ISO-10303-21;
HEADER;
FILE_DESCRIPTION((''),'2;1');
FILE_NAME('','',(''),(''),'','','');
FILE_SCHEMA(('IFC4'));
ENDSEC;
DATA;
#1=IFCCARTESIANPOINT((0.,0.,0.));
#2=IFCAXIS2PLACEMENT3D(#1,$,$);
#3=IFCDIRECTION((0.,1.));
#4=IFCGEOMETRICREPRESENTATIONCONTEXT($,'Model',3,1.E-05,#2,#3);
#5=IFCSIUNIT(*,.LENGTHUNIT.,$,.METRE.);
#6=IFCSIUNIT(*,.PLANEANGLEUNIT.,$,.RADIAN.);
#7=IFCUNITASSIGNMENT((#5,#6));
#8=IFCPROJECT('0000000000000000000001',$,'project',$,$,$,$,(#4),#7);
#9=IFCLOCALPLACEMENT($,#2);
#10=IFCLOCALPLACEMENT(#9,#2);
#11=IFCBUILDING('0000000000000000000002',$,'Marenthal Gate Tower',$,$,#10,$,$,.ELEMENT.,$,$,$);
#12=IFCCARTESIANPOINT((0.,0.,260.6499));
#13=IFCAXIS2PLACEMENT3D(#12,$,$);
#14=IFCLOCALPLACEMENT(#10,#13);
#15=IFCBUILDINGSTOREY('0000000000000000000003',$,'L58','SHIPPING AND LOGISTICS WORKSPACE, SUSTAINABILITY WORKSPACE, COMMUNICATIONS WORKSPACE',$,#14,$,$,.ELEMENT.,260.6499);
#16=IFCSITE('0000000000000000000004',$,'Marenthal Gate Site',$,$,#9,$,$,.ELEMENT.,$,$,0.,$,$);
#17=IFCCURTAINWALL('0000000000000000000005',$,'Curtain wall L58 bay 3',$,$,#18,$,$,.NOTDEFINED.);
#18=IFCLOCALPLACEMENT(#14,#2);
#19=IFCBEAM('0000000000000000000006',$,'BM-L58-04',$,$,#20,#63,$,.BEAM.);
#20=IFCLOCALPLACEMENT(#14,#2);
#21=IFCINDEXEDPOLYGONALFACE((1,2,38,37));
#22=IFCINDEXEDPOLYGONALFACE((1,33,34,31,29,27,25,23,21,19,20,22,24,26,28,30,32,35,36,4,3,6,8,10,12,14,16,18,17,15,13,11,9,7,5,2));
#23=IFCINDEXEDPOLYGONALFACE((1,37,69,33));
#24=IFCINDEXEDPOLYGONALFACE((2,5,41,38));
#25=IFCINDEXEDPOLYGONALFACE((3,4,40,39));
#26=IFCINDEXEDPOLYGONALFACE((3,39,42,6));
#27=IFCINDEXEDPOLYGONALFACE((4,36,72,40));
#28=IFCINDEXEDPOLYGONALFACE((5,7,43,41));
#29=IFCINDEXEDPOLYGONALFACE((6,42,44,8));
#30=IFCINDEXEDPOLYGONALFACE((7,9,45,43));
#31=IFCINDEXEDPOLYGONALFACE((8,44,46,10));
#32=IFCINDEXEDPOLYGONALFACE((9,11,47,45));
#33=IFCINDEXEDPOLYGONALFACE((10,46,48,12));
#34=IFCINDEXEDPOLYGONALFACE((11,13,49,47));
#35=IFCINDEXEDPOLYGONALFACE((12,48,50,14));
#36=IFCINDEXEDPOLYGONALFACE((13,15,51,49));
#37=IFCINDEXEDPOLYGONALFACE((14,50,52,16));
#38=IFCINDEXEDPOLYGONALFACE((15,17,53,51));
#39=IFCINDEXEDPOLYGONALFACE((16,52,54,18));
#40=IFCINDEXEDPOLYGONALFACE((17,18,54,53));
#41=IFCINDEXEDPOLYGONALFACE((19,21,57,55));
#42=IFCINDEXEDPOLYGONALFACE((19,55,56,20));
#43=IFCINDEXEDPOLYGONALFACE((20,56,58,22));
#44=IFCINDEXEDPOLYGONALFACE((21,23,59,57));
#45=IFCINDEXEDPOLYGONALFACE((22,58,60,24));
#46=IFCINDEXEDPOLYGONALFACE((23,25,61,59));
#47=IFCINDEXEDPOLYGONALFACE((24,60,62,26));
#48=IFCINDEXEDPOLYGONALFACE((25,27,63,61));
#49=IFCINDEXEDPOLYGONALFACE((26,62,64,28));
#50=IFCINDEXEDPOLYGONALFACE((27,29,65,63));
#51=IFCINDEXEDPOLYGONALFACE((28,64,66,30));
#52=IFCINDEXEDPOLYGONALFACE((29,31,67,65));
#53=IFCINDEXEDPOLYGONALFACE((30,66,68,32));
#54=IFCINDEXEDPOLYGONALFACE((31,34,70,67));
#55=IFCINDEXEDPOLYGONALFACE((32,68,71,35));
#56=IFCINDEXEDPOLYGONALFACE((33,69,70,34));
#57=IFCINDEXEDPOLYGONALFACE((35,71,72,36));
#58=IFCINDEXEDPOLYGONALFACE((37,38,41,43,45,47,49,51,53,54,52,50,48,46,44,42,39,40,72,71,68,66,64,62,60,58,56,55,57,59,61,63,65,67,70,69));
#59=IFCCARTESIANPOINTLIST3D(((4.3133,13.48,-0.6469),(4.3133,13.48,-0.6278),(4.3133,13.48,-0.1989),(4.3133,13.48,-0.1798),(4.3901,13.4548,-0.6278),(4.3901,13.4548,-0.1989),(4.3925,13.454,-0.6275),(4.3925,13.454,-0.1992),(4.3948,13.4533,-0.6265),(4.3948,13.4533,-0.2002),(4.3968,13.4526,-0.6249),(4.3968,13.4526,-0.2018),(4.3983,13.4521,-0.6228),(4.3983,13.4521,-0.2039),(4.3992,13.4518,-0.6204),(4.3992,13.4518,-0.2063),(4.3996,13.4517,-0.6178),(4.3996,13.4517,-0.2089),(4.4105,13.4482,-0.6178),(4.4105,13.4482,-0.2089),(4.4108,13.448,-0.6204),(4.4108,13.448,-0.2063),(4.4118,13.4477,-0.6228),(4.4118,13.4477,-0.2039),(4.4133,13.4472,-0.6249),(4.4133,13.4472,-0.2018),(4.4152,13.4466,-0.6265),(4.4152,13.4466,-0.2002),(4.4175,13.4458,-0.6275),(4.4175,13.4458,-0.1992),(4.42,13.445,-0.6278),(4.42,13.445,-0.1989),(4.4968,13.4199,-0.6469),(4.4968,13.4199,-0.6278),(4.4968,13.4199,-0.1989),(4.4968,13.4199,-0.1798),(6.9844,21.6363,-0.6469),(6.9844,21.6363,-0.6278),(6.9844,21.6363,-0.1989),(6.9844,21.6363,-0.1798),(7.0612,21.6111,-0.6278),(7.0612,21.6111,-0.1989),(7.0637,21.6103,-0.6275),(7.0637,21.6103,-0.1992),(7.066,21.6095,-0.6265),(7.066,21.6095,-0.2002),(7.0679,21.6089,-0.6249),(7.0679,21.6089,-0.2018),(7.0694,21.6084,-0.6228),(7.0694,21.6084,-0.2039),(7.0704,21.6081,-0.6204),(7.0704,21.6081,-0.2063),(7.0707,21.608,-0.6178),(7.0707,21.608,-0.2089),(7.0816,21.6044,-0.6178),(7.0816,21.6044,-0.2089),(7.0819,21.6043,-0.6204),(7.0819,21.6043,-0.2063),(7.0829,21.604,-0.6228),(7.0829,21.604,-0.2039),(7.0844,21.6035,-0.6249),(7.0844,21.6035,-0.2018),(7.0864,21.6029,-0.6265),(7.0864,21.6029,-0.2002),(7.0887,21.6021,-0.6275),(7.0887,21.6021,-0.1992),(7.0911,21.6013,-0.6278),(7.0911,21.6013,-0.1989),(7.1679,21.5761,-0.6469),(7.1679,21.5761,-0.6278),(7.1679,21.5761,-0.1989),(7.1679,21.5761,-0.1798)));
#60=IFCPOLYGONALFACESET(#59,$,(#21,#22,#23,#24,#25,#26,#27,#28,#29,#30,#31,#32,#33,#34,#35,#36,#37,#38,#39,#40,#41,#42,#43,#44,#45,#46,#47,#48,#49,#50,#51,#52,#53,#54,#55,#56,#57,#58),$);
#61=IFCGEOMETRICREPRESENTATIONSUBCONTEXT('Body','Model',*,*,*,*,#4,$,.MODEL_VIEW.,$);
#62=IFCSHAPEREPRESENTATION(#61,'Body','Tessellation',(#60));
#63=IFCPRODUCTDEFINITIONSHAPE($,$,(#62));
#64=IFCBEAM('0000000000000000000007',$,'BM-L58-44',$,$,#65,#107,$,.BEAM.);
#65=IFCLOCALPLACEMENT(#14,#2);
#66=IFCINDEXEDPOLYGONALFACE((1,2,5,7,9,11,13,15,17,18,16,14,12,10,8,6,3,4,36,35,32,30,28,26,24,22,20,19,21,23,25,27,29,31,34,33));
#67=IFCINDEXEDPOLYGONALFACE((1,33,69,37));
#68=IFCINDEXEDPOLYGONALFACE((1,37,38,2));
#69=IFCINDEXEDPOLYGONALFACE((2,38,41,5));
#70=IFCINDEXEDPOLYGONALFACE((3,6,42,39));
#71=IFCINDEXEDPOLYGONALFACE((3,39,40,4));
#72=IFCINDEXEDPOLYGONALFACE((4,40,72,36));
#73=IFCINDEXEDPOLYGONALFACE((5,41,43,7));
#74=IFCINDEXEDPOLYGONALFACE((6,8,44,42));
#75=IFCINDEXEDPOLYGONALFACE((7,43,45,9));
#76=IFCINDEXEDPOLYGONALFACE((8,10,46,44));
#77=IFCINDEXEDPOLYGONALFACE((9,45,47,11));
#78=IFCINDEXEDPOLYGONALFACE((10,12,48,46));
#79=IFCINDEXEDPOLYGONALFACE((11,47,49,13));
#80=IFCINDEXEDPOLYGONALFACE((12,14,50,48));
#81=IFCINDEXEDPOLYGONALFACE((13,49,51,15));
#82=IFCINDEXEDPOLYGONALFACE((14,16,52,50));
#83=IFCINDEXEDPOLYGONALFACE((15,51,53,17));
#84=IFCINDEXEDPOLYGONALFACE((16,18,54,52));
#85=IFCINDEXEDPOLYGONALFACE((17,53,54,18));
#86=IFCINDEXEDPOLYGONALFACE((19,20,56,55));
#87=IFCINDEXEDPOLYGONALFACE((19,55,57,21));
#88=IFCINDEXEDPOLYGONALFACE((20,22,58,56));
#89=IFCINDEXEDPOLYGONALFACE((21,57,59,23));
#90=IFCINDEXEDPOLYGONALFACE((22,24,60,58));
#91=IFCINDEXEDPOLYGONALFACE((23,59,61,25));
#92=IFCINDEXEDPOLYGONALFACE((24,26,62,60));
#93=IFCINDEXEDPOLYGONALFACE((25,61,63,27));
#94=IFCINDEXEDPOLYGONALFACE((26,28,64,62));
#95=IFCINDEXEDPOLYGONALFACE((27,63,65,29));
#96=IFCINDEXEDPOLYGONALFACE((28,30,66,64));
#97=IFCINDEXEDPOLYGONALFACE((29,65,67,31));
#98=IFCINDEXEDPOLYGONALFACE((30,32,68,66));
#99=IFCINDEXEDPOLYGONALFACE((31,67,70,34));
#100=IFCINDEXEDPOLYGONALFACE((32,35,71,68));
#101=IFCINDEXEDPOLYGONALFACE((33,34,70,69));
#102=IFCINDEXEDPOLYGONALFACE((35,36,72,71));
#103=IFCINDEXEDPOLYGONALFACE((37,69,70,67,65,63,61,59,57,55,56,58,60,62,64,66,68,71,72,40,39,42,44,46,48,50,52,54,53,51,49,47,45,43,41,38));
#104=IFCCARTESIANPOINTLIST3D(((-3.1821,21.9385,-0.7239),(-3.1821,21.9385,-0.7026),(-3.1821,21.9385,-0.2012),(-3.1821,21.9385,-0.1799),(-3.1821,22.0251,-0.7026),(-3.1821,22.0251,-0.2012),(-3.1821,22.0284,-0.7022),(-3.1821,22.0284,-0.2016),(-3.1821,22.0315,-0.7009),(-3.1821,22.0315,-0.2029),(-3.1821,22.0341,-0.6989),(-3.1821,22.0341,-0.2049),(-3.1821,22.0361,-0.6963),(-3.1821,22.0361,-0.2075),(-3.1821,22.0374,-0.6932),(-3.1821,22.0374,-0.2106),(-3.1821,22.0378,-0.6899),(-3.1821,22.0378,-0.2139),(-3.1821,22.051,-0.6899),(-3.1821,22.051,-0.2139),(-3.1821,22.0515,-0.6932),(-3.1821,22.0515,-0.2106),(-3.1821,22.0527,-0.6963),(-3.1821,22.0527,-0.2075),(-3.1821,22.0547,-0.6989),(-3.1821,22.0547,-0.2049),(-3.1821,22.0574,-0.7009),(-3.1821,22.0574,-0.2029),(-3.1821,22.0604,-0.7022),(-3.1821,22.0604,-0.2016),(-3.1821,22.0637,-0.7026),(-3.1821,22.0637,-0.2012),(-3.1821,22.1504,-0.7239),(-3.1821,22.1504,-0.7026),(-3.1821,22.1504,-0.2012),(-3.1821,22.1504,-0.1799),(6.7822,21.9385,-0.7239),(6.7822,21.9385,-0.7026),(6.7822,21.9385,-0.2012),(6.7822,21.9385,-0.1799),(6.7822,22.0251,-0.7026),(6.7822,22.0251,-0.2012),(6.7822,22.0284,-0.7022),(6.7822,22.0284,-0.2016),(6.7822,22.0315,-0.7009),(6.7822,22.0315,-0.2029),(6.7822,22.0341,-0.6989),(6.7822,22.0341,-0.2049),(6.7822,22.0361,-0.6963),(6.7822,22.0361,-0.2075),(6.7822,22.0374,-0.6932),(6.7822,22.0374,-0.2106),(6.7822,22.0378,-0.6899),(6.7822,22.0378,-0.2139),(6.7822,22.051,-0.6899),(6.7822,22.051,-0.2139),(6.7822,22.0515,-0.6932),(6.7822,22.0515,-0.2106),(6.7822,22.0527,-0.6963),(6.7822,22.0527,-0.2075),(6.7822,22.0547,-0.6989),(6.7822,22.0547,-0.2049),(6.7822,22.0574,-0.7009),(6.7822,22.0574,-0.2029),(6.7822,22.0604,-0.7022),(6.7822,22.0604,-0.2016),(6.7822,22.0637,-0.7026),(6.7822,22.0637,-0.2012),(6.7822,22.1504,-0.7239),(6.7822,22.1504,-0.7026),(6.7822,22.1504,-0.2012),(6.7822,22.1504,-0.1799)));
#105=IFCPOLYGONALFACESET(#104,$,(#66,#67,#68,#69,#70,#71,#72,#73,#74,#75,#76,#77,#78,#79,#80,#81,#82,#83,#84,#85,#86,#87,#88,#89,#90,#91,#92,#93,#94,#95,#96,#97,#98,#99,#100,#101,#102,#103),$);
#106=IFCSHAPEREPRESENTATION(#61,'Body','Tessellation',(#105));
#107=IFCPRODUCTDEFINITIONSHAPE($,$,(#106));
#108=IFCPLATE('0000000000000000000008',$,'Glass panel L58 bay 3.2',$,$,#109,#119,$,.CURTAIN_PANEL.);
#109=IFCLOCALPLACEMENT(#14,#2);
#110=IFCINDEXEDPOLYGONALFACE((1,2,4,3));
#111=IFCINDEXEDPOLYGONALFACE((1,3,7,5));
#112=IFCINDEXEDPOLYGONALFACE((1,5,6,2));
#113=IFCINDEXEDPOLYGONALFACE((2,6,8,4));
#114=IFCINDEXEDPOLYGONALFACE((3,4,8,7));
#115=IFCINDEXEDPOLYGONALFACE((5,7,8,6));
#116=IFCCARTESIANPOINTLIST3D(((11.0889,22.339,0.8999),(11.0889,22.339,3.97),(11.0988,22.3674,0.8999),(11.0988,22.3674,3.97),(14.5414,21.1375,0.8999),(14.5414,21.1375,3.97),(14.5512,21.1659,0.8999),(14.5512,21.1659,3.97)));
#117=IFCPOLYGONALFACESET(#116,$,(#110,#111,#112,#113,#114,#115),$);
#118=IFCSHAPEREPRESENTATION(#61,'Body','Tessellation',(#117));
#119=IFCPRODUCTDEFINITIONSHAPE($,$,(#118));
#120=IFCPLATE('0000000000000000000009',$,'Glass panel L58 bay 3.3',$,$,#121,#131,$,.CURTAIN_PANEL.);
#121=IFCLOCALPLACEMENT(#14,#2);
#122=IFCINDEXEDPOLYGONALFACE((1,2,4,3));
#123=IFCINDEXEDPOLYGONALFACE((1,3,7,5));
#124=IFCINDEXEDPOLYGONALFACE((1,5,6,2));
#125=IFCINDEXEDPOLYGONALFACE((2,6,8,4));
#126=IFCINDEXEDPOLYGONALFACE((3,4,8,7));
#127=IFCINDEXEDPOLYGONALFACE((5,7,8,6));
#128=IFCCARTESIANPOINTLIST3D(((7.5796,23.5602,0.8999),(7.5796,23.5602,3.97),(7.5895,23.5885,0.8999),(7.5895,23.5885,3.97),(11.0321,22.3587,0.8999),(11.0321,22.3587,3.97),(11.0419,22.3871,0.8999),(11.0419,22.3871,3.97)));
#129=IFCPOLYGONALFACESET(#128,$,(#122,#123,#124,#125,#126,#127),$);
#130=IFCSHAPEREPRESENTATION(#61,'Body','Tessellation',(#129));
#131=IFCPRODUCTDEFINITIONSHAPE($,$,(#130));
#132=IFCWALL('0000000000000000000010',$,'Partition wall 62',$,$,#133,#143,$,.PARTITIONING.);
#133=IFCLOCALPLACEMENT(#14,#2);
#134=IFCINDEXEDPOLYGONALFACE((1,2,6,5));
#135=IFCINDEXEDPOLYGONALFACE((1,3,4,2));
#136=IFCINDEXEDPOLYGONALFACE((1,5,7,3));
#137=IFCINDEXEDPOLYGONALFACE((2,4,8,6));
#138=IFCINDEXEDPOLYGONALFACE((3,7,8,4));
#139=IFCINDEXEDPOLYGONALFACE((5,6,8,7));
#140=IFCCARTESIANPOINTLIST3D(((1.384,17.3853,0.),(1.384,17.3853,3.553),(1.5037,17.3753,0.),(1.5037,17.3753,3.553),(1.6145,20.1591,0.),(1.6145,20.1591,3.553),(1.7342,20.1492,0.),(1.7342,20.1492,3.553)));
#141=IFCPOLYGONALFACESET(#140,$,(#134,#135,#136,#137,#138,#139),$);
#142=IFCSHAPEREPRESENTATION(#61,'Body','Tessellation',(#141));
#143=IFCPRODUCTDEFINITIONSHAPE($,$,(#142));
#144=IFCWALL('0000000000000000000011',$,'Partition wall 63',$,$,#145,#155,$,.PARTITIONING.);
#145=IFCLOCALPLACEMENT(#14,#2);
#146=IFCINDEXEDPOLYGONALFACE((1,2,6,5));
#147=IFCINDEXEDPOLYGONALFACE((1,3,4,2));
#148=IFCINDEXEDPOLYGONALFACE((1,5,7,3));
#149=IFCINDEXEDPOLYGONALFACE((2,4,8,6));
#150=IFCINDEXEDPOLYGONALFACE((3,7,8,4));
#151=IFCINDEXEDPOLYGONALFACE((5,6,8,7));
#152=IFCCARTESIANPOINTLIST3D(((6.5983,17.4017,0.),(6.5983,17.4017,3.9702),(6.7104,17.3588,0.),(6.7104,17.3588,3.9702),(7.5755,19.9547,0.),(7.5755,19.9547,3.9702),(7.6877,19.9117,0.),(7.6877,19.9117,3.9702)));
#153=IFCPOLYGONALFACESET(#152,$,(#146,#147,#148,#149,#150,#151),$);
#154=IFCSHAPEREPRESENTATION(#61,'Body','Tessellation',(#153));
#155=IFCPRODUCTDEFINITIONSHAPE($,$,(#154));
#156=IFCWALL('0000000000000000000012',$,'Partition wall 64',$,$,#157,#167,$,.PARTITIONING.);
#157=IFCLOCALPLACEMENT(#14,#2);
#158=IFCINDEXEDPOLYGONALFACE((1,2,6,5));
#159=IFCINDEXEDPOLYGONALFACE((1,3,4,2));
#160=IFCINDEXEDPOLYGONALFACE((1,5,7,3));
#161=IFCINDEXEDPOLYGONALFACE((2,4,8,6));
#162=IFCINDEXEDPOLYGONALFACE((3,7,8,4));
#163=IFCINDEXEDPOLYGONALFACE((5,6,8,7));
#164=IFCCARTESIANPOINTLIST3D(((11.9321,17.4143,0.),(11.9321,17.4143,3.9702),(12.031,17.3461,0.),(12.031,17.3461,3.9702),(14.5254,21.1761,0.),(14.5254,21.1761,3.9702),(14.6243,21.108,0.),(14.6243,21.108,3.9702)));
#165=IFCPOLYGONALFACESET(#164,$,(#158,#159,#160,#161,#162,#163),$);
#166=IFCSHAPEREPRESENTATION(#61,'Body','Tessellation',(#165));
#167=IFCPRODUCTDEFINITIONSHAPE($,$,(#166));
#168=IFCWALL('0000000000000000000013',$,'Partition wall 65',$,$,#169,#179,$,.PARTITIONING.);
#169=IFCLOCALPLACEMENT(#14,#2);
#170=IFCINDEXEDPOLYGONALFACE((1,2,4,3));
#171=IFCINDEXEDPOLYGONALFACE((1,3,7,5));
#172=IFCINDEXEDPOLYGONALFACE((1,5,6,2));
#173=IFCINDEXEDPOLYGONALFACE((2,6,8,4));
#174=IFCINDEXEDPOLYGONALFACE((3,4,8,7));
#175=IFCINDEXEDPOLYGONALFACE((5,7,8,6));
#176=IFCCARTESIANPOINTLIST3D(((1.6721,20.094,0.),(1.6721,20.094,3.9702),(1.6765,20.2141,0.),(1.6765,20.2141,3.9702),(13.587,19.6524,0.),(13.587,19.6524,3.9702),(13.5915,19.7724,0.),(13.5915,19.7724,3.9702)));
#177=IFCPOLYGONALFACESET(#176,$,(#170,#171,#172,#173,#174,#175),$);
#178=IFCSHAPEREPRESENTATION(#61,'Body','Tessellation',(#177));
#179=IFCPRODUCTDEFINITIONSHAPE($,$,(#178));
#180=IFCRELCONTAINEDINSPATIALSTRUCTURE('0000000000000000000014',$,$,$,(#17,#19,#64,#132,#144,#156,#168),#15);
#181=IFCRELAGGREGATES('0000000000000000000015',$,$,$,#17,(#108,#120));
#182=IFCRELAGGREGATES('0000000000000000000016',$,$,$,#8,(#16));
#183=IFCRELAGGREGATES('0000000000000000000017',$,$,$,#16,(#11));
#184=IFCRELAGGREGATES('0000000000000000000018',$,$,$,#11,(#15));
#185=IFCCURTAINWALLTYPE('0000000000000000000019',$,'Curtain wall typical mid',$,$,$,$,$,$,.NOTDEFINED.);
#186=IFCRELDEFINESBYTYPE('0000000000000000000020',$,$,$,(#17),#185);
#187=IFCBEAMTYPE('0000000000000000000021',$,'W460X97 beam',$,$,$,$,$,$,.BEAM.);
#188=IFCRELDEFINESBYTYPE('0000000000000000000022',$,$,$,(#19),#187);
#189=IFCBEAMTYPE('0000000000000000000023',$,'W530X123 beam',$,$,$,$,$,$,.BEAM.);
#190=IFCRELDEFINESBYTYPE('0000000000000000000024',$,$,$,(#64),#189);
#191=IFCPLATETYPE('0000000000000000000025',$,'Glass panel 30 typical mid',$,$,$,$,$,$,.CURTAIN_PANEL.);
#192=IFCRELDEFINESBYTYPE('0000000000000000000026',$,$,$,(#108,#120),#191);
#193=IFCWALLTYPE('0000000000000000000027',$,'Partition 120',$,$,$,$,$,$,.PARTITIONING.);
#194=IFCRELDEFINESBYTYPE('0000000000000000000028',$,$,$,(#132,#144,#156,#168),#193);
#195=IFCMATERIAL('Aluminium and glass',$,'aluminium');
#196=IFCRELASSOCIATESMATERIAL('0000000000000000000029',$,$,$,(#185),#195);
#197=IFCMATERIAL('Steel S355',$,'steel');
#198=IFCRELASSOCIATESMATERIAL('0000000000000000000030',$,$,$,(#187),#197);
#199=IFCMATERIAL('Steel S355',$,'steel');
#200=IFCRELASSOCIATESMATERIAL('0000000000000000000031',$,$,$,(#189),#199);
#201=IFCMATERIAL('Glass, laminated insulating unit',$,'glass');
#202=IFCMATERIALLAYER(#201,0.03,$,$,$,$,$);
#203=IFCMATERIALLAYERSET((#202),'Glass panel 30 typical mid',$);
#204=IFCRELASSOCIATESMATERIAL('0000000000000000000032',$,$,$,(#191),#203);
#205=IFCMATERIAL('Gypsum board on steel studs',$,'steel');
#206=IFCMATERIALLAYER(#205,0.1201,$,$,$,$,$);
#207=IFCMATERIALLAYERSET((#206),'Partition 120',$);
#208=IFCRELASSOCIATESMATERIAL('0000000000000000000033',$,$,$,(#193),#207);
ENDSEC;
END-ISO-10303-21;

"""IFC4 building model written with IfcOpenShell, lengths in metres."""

from ifc_helpers import new_model, si_unit, direction, frame, frame_2d, origin, origin_2d, place, context, subcontext, project, spatial, rectangle, i_section, extrude, material, layer, layer_set, material_profile, profile_set, type_object, element, aggregate, save


model = new_model("IFC4")

# Units and contexts
model_context = context("Model", 3, precision=1e-05, world=origin(), true_north=direction((0.0, 1.0)))
body_context = subcontext(model_context, "Body", "Model", "MODEL_VIEW")
ifc_project = project(units=[si_unit("LENGTHUNIT", "METRE"), si_unit("PLANEANGLEUNIT", "RADIAN")], contexts=[model_context])

# Site, building, storey
site_placement = place(None, origin())
site = spatial("IfcSite", under=ifc_project, at=site_placement, Name="Marenthal Gate Site", CompositionType="ELEMENT", RefElevation=0.0)
building_placement = place(site_placement, origin())
building = spatial("IfcBuilding", under=site, at=building_placement, Name="Marenthal Gate Tower", CompositionType="ELEMENT")
storey_placement = place(building_placement, frame((0.0, 0.0, 260.6499)))
storey = spatial("IfcBuildingStorey", under=building, at=storey_placement, Name="L58", Description="SHIPPING AND LOGISTICS WORKSPACE, SUSTAINABILITY WORKSPACE, COMMUNICATIONS WORKSPACE", CompositionType="ELEMENT", Elevation=260.6499)

# Curtain wall
ifc_material_1 = material(Name="Aluminium and glass", Category="aluminium")
curtain_wall_type = type_object("IfcCurtainWallType", Name="Curtain wall typical mid", PredefinedType="NOTDEFINED", material=ifc_material_1)
curtain_wall_placement = place(storey_placement, origin())
curtain_wall = element("IfcCurtainWall", 1, at=curtain_wall_placement, inside=storey, type_object=curtain_wall_type, Name="Curtain wall L58 bay 3", PredefinedType="NOTDEFINED")

# Beams
ifc_material_2 = material(Name="Steel S355", Category="steel")
ifc_material_profile_1 = material_profile(ifc_material_2, i_section(OverallWidth=0.1931, OverallDepth=0.467, WebThickness=0.0115, FlangeThickness=0.019, FilletRadius=0.01, at=origin_2d()), Name="W460X97")
ifc_profile_set_1 = profile_set([ifc_material_profile_1], Name="Steel S355")
beam_type_1 = type_object("IfcBeamType", Name="W460X97 beam", PredefinedType="BEAM", material=ifc_profile_set_1)
beam_1_placement = place(storey_placement, frame((7.0762, 21.6062, -0.4133), z_axis=(-0.311231, -0.950334, 0.0), x_axis=(0.950334, -0.311231, 0.0)))
element("IfcBeam", 2, at=beam_1_placement, inside=storey, type_object=beam_type_1, Name="BM-L58-04", PredefinedType="BEAM", context=body_context, shape_type="SweptSolid", body=[
    extrude(i_section(OverallWidth=0.1931, OverallDepth=0.467, WebThickness=0.0115, FlangeThickness=0.019, FilletRadius=0.01, at=origin_2d()), origin(), (0.0, 0.0, 1.0), 8.5825),
])
ifc_material_3 = material(Name="Steel S355", Category="steel")
ifc_material_profile_2 = material_profile(ifc_material_3, i_section(OverallWidth=0.2119, OverallDepth=0.5439, WebThickness=0.0132, FlangeThickness=0.0212, FilletRadius=0.0127, at=origin_2d()), Name="W530X123")
ifc_profile_set_2 = profile_set([ifc_material_profile_2], Name="Steel S355")
beam_type_2 = type_object("IfcBeamType", Name="W530X123 beam", PredefinedType="BEAM", material=ifc_profile_set_2)
beam_2_placement = place(storey_placement, frame((6.7822, 22.0444, -0.4519), z_axis=(-1.0, 0.0, 0.0), x_axis=(0.0, -1.0, 0.0)))
element("IfcBeam", 3, at=beam_2_placement, inside=storey, type_object=beam_type_2, Name="BM-L58-44", PredefinedType="BEAM", context=body_context, shape_type="SweptSolid", body=[
    extrude(i_section(OverallWidth=0.2119, OverallDepth=0.5439, WebThickness=0.0132, FlangeThickness=0.0212, FilletRadius=0.0127, at=origin_2d()), origin(), (0.0, 0.0, 1.0), 9.9644),
])

# Plates
ifc_material_4 = material(Name="Glass, laminated insulating unit", Category="glass")
ifc_layer_1 = layer(ifc_material_4, 0.03)
ifc_layer_set_1 = layer_set([ifc_layer_1], Name="Glass panel 30 typical mid")
plate_type = type_object("IfcPlateType", Name="Glass panel 30 typical mid", PredefinedType="CURTAIN_PANEL", material=ifc_layer_set_1)
plate_1_placement = place(storey_placement, frame((12.8201, 21.7524, 0.8999), z_axis=(0.0, 0.0, 1.0), x_axis=(-0.944445, 0.32867, 0.0)))
plate_1 = element("IfcPlate", 4, at=plate_1_placement, type_object=plate_type, Name="Glass panel L58 bay 3.2", PredefinedType="CURTAIN_PANEL", context=body_context, shape_type="SweptSolid", body=[
    extrude(rectangle(XDim=3.6555, YDim=0.03, at=origin_2d()), origin(), (0.0, 0.0, 1.0), 3.0701),
])
plate_2_placement = place(storey_placement, frame((9.3108, 22.9736, 0.8999), z_axis=(0.0, 0.0, 1.0), x_axis=(-0.944445, 0.32867, 0.0)))
plate_2 = element("IfcPlate", 5, at=plate_2_placement, type_object=plate_type, Name="Glass panel L58 bay 3.3", PredefinedType="CURTAIN_PANEL", context=body_context, shape_type="SweptSolid", body=[
    extrude(rectangle(XDim=3.6555, YDim=0.03, at=origin_2d()), origin(), (0.0, 0.0, 1.0), 3.0701),
])
aggregate(curtain_wall, [plate_1, plate_2])

# Walls
ifc_material_5 = material(Name="Gypsum board on steel studs", Category="steel")
ifc_layer_2 = layer(ifc_material_5, 0.1201)
ifc_layer_set_2 = layer_set([ifc_layer_2], Name="Partition 120")
wall_type_1 = type_object("IfcWallType", Name="Partition 120", PredefinedType="PARTITIONING", material=ifc_layer_set_2)
wall_1_placement = place(storey_placement, frame((1.6743, 20.1541, 0.0), z_axis=(0.0, 0.0, 1.0), x_axis=(-0.082799, -0.996566, 0.0)))
element("IfcWall", 6, at=wall_1_placement, inside=storey, type_object=wall_type_1, Name="Partition wall 62", PredefinedType="PARTITIONING", context=body_context, shape_type="SweptSolid", body=[
    extrude(rectangle(XDim=2.7834, YDim=0.1201, at=frame_2d((1.3916, 0.0))), origin(), (0.0, 0.0, 1.0), 3.553),
])
wall_2_placement = place(storey_placement, frame((7.6316, 19.9331, 0.0), z_axis=(0.0, 0.0, 1.0), x_axis=(-0.357506, -0.933911, 0.0)))
element("IfcWall", 7, at=wall_2_placement, inside=storey, type_object=wall_type_1, Name="Partition wall 63", PredefinedType="PARTITIONING", context=body_context, shape_type="SweptSolid", body=[
    extrude(rectangle(XDim=2.7336, YDim=0.1201, at=frame_2d((1.3667, 0.0))), origin(), (0.0, 0.0, 1.0), 3.9702),
])
wall_3_placement = place(storey_placement, frame((11.9814, 17.3801, 0.0), z_axis=(0.0, 0.0, 1.0), x_axis=(0.567581, 0.823318, 0.0)))
element("IfcWall", 8, at=wall_3_placement, inside=storey, type_object=wall_type_1, Name="Partition wall 64", PredefinedType="PARTITIONING", context=body_context, shape_type="SweptSolid", body=[
    extrude(rectangle(XDim=4.5691, YDim=0.1201, at=frame_2d((2.2847, 0.0))), origin(), (0.0, 0.0, 1.0), 3.9702),
])
wall_4_placement = place(storey_placement, frame((13.5891, 19.7124, 0.0), z_axis=(0.0, 0.0, 1.0), x_axis=(-0.999314, 0.037042, 0.0)))
element("IfcWall", 9, at=wall_4_placement, inside=storey, type_object=wall_type_1, Name="Partition wall 65", PredefinedType="PARTITIONING", context=body_context, shape_type="SweptSolid", body=[
    extrude(rectangle(XDim=11.9231, YDim=0.1201, at=frame_2d((5.9614, 0.0))), origin(), (0.0, 0.0, 1.0), 3.9702),
])

save(model, "model.ifc")
